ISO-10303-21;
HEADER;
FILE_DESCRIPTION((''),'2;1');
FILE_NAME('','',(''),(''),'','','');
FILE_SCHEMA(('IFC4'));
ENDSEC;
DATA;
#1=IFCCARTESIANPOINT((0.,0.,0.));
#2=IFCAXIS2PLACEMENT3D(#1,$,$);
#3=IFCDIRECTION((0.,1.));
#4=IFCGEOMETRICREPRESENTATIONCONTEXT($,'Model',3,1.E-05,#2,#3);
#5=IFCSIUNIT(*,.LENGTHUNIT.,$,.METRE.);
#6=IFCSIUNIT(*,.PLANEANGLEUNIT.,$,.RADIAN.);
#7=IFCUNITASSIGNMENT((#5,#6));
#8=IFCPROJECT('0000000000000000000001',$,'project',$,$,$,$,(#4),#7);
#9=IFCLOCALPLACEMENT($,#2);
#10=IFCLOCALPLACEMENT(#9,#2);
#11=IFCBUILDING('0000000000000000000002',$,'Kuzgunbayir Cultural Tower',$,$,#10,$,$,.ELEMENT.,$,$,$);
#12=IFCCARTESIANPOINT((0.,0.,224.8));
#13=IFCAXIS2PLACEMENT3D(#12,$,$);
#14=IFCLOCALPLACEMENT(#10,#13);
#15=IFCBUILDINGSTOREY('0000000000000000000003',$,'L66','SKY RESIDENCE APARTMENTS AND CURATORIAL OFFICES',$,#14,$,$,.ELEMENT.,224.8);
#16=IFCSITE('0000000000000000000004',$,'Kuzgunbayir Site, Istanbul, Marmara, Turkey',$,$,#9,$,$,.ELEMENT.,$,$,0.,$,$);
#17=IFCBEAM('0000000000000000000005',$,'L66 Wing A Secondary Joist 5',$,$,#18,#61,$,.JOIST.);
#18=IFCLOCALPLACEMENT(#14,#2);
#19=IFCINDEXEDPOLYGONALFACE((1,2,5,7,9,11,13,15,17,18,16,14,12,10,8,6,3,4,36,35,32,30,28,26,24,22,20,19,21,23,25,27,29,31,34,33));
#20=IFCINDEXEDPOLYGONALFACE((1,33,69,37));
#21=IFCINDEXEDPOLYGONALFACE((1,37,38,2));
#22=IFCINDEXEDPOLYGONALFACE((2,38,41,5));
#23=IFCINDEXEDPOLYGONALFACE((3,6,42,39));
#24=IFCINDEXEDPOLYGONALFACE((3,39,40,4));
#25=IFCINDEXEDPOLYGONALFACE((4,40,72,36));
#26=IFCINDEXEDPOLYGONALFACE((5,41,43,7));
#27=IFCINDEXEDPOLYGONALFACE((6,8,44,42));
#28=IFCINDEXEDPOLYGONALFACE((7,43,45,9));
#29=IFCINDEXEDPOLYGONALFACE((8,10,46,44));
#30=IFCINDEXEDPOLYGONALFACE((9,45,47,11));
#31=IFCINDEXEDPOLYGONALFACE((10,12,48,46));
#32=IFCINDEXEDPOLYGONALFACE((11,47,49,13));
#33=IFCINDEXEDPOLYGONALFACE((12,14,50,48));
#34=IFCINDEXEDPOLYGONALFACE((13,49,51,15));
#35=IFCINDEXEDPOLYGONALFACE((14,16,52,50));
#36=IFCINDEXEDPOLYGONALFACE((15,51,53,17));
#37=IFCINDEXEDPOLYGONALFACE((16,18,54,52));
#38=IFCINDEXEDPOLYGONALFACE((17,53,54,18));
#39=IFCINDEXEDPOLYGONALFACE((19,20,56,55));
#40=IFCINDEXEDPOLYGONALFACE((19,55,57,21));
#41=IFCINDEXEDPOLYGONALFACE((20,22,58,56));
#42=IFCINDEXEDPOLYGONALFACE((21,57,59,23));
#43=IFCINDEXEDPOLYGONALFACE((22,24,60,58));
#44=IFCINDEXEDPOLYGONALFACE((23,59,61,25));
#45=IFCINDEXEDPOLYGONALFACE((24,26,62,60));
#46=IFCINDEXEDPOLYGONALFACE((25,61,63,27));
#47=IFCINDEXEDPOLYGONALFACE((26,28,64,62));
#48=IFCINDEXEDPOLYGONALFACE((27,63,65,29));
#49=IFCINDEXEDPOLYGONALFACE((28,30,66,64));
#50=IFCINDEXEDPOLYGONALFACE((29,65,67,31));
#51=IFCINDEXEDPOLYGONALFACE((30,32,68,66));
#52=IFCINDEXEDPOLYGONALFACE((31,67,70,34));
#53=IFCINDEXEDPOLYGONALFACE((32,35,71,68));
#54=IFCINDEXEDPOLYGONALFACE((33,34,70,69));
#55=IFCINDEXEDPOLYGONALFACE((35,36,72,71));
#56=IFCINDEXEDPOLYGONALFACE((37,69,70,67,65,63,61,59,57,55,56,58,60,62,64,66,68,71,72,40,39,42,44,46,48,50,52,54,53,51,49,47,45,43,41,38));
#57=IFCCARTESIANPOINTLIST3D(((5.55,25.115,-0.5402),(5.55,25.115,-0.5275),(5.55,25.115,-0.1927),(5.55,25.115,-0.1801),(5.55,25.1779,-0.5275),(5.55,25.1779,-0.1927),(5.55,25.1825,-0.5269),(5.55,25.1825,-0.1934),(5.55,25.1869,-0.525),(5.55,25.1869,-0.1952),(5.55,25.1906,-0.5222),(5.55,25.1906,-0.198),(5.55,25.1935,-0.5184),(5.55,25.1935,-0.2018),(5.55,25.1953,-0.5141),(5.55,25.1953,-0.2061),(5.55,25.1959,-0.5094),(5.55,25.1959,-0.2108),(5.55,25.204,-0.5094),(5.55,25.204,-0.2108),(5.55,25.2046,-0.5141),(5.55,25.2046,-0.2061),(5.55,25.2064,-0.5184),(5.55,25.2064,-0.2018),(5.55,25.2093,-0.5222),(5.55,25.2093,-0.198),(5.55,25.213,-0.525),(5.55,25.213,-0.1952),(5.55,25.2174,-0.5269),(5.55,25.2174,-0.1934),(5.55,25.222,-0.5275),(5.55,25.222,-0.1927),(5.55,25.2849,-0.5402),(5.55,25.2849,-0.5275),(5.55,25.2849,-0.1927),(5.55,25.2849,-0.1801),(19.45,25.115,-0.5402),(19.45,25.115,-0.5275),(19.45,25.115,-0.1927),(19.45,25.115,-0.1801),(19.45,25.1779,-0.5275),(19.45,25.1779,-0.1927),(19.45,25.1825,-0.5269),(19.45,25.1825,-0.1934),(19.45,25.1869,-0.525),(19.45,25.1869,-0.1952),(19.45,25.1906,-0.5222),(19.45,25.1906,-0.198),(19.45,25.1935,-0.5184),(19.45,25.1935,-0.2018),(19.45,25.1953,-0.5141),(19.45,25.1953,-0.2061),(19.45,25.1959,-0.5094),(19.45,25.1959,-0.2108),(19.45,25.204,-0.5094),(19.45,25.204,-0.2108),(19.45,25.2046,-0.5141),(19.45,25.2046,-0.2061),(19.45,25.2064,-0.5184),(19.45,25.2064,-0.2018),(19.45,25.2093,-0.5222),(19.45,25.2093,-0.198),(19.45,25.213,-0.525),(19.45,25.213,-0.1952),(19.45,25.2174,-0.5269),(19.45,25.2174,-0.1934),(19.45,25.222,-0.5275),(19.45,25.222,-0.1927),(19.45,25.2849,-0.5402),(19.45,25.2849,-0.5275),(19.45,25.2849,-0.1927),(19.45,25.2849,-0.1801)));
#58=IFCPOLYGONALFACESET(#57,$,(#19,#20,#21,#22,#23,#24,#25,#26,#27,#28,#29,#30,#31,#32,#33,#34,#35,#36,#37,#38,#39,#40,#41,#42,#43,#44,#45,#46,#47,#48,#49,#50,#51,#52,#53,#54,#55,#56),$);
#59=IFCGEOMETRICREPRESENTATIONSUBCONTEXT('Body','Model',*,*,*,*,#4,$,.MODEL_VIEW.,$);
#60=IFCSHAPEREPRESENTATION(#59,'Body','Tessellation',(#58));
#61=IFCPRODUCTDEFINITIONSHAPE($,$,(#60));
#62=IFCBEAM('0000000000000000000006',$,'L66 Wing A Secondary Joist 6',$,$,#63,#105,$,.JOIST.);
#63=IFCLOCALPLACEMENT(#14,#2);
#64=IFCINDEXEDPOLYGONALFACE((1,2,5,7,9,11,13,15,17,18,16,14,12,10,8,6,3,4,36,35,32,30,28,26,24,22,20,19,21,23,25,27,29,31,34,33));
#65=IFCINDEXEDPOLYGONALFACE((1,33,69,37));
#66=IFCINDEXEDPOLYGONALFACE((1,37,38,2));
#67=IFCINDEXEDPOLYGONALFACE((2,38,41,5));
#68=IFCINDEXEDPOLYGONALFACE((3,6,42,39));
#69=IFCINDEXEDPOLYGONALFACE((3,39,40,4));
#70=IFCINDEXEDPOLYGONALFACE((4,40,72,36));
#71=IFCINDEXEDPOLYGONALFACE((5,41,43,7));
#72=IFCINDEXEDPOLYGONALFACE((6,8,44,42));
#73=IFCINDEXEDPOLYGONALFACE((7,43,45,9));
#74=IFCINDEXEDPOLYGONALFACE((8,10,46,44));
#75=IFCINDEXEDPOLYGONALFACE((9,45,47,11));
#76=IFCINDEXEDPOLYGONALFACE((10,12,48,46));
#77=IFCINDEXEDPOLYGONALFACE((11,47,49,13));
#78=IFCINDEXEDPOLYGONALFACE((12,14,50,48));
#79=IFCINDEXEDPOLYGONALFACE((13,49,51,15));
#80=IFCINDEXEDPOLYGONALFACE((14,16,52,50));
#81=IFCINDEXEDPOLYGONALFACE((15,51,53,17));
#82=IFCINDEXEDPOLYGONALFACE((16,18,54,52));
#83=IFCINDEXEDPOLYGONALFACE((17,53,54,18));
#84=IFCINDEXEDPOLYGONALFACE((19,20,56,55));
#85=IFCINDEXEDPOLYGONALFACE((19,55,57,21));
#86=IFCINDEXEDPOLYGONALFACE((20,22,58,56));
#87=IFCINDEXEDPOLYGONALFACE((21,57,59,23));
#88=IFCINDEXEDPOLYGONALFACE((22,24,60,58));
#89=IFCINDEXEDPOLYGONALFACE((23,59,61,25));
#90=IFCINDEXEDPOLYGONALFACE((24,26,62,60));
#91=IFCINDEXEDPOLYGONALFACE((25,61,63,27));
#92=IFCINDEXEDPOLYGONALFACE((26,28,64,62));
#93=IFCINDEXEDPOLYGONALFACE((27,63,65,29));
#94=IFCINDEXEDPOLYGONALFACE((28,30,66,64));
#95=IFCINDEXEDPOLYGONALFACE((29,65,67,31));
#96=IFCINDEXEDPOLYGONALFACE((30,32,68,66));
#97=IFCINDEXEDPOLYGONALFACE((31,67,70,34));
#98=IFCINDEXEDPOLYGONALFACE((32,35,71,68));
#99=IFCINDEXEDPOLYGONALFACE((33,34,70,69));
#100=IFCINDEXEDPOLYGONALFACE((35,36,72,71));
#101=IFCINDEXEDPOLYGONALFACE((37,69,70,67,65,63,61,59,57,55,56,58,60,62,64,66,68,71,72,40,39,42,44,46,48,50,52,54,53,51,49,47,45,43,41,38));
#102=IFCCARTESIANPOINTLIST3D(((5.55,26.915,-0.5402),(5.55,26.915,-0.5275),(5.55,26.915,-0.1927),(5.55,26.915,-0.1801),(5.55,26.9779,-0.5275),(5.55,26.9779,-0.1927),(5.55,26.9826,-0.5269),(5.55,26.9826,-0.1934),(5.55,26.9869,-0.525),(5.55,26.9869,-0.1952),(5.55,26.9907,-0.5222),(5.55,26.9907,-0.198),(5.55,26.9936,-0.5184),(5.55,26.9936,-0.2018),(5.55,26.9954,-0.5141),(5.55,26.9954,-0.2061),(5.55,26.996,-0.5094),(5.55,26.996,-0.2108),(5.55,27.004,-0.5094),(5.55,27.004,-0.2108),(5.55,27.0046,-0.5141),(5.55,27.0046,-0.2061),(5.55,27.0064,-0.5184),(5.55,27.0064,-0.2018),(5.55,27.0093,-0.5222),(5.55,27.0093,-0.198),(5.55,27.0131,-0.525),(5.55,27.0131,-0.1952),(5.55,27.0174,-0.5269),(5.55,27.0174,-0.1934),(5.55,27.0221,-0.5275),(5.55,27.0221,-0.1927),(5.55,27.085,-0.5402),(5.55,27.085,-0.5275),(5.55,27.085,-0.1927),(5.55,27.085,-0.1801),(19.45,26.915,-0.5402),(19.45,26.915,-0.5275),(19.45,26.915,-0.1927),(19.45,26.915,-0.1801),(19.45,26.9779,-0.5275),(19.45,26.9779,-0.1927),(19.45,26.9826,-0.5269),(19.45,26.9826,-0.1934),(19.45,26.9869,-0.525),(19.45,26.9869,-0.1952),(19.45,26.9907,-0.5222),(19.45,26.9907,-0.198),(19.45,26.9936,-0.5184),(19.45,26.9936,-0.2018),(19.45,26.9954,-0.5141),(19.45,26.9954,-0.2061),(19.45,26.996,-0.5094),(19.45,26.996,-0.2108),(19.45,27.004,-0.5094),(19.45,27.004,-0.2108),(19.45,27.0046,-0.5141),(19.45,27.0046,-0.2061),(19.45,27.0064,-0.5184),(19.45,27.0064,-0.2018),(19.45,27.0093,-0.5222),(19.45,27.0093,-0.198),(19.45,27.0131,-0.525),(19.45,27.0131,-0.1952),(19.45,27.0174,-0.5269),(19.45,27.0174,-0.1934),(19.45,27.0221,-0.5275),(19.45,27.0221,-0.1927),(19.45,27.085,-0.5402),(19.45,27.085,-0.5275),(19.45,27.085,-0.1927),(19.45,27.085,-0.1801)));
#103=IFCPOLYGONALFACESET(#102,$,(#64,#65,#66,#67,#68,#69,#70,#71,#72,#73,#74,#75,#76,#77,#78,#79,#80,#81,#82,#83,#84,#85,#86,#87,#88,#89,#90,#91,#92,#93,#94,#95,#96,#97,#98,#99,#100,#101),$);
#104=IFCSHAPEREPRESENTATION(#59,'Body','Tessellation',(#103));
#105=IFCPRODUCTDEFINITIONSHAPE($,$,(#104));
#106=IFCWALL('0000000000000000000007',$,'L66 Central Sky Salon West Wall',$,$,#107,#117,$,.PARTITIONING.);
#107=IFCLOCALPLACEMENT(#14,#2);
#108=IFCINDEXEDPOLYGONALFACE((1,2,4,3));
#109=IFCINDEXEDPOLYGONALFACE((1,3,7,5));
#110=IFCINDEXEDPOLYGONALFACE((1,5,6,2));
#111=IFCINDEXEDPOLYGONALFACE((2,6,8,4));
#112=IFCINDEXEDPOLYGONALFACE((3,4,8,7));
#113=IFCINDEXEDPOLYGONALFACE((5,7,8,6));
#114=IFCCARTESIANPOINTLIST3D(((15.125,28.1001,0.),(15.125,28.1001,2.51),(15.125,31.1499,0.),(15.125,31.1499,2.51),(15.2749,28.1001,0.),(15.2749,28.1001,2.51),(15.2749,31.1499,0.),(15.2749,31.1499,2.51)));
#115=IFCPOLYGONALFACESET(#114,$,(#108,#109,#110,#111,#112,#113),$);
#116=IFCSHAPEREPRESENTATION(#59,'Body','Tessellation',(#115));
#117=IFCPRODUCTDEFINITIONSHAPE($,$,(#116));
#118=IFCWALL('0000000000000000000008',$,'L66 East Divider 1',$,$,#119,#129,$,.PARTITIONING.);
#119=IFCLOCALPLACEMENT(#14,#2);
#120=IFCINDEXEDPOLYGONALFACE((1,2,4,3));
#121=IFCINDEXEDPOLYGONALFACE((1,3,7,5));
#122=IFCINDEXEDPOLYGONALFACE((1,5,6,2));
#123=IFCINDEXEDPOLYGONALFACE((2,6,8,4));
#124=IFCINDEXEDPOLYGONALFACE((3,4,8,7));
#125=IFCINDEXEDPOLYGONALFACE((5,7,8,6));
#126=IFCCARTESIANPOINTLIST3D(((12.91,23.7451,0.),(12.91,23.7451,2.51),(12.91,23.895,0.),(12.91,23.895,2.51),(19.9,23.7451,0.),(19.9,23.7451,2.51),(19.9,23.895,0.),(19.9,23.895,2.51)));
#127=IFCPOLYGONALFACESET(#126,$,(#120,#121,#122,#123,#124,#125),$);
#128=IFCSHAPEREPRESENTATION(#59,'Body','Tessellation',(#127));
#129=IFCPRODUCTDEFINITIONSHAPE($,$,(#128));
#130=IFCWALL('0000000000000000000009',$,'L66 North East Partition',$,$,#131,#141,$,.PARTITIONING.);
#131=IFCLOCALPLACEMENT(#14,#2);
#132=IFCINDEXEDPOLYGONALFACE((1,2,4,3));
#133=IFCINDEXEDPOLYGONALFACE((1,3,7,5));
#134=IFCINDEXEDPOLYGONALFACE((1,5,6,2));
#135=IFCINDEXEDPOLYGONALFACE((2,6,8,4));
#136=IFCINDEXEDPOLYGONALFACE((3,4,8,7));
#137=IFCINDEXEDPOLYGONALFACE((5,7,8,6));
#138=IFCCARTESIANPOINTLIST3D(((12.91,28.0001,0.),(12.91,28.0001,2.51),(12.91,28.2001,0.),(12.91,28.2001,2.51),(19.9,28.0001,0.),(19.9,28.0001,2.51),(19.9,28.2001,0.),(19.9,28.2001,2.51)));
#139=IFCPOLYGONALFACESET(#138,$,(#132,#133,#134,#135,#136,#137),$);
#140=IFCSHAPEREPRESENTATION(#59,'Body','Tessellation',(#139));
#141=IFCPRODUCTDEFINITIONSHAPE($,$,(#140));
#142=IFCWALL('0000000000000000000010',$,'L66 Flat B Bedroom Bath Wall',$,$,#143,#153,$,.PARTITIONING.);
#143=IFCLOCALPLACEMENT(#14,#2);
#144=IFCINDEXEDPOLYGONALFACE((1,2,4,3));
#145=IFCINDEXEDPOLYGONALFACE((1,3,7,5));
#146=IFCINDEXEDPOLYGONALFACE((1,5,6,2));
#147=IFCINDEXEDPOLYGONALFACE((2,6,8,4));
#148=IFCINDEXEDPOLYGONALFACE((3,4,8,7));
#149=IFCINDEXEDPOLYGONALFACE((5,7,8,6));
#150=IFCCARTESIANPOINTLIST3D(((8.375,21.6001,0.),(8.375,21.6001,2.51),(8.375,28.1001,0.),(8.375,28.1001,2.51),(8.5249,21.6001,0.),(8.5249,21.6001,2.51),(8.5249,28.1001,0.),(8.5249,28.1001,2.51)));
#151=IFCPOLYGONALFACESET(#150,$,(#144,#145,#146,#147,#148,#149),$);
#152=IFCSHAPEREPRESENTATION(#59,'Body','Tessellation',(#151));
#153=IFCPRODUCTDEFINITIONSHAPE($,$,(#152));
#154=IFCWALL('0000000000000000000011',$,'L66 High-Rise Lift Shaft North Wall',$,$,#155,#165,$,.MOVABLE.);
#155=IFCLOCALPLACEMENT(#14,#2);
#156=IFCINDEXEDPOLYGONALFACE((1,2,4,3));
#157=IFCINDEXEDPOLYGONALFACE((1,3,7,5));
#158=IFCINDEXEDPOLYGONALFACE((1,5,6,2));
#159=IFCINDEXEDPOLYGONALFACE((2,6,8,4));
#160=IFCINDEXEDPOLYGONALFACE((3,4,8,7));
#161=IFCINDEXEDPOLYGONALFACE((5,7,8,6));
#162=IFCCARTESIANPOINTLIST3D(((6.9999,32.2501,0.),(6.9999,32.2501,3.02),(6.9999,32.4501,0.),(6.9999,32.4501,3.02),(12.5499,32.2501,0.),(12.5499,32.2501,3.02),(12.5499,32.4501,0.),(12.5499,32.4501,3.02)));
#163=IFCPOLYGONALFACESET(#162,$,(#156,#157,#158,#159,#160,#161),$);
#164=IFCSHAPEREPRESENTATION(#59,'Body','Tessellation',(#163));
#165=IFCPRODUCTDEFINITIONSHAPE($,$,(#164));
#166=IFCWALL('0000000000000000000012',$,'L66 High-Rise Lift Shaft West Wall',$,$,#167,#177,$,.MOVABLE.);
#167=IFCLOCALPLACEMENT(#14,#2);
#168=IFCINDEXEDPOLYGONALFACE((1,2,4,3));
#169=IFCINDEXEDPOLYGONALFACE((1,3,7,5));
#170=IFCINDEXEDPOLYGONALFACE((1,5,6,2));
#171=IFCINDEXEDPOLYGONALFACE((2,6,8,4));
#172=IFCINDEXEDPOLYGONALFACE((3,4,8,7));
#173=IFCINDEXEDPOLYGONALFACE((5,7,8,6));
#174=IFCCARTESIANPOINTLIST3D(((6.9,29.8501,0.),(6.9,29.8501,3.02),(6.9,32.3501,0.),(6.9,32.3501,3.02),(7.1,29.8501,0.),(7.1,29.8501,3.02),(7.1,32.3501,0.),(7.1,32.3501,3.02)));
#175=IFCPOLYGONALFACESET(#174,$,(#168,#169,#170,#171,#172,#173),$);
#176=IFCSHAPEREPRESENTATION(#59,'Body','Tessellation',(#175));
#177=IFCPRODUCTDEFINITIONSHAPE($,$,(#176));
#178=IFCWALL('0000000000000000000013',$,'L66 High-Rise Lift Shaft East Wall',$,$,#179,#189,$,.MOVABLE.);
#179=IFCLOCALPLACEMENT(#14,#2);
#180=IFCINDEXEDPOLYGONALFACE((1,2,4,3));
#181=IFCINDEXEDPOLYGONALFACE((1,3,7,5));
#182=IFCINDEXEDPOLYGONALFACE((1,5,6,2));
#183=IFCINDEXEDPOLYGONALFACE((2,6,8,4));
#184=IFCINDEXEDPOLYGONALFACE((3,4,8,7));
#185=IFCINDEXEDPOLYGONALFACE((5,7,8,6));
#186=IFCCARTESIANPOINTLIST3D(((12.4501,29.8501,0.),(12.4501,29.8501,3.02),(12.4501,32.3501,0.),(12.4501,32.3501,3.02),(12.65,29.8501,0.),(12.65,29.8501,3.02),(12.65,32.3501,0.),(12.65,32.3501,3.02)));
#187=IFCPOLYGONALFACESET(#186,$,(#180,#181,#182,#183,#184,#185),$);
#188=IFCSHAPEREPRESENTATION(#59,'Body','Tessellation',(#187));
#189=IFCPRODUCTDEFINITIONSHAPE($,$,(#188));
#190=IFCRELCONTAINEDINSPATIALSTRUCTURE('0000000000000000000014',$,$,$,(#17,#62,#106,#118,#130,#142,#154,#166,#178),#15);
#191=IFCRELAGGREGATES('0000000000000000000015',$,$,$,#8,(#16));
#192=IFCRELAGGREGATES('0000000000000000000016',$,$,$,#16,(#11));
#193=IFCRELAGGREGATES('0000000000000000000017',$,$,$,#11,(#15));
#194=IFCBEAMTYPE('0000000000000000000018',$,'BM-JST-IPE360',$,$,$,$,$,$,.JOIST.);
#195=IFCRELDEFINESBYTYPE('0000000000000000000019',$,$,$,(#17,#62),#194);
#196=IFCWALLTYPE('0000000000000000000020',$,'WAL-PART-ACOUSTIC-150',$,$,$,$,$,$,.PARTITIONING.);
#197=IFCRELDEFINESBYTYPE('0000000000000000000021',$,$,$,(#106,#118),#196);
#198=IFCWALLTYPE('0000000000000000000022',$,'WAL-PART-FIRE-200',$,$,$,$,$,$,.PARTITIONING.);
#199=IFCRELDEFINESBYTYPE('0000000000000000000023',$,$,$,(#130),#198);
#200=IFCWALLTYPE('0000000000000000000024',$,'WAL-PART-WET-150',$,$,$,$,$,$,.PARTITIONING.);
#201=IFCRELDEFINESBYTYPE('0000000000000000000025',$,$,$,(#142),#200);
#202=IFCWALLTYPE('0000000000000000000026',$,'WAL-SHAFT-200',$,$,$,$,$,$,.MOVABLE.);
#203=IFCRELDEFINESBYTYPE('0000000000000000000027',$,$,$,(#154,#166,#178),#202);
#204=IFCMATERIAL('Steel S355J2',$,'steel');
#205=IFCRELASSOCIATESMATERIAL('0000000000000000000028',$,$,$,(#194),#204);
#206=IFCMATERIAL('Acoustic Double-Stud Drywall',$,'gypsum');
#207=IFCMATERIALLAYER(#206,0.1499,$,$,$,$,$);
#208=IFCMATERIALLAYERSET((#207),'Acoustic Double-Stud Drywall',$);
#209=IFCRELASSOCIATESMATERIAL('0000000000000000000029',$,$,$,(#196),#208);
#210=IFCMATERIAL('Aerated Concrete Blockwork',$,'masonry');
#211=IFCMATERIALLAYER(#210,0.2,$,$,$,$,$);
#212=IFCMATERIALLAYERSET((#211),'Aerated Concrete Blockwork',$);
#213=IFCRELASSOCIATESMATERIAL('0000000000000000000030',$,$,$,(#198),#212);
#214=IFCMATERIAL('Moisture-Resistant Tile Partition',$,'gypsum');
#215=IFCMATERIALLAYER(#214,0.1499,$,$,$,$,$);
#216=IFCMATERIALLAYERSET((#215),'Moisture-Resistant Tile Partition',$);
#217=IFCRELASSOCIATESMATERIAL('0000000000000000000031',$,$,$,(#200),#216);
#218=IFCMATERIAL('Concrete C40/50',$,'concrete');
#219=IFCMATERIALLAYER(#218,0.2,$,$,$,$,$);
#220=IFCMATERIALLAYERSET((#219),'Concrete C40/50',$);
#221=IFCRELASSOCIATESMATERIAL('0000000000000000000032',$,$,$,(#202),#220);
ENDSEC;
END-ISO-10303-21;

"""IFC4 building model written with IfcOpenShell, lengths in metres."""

from ifc_helpers import new_model, si_unit, direction, frame, frame_2d, origin, origin_2d, place, context, subcontext, project, spatial, rectangle, i_section, extrude, material, layer, layer_set, material_profile, profile_set, type_object, element, save


model = new_model("IFC4")

# Units and contexts
model_context = context("Model", 3, precision=1e-05, world=origin(), true_north=direction((0.0, 1.0)))
body_context = subcontext(model_context, "Body", "Model", "MODEL_VIEW")
ifc_project = project(units=[si_unit("LENGTHUNIT", "METRE"), si_unit("PLANEANGLEUNIT", "RADIAN")], contexts=[model_context])

# Site, building, storey
site_placement = place(None, origin())
site = spatial("IfcSite", under=ifc_project, at=site_placement, Name="Kuzgunbayir Site, Istanbul, Marmara, Turkey", CompositionType="ELEMENT", RefElevation=0.0)
building_placement = place(site_placement, origin())
building = spatial("IfcBuilding", under=site, at=building_placement, Name="Kuzgunbayir Cultural Tower", CompositionType="ELEMENT")
storey_placement = place(building_placement, frame((0.0, 0.0, 224.8)))
storey = spatial("IfcBuildingStorey", under=building, at=storey_placement, Name="L66", Description="SKY RESIDENCE APARTMENTS AND CURATORIAL OFFICES", CompositionType="ELEMENT", Elevation=224.8)

# Beams
ifc_material_1 = material(Name="Steel S355J2", Category="steel")
ifc_material_profile_1 = material_profile(ifc_material_1, i_section(OverallWidth=0.1699, OverallDepth=0.3601, WebThickness=0.0081, FlangeThickness=0.0127, FilletRadius=0.0181, at=origin_2d()), Name="IPE 360")
ifc_profile_set_1 = profile_set([ifc_material_profile_1], Name="Steel S355J2")
beam_type_1 = type_object("IfcBeamType", Name="BM-JST-IPE360", PredefinedType="JOIST", material=ifc_profile_set_1)
for number, where, z_axis, x_axis, name in (
    (1, (5.55, 25.2, -0.3601), (1.0, 0.0, 0.0), (0.0, 1.0, 0.0), "L66 Wing A Secondary Joist 5"),
    (2, (5.55, 27.0, -0.3601), (1.0, 0.0, 0.0), (0.0, 1.0, 0.0), "L66 Wing A Secondary Joist 6"),
):
    element("IfcBeam", number, at=place(storey_placement, frame(where, z_axis=z_axis, x_axis=x_axis)), inside=storey, type_object=beam_type_1, Name=name, PredefinedType="JOIST", context=body_context, shape_type="SweptSolid", body=[
        extrude(i_section(OverallWidth=0.1699, OverallDepth=0.3601, WebThickness=0.0081, FlangeThickness=0.0127, FilletRadius=0.0181, at=origin_2d()), origin(), (0.0, 0.0, 1.0), 13.8999),
    ])

# Shared definitions
ifc_material_2 = material(Name="Acoustic Double-Stud Drywall", Category="gypsum")
ifc_layer_1 = layer(ifc_material_2, 0.1499)
ifc_layer_set_1 = layer_set([ifc_layer_1], Name="Acoustic Double-Stud Drywall")
wall_type_1 = type_object("IfcWallType", Name="WAL-PART-ACOUSTIC-150", PredefinedType="PARTITIONING", material=ifc_layer_set_1)

# Walls
wall_1_placement = place(storey_placement, frame((15.2, 28.1001, 0.0), z_axis=(0.0, 0.0, 1.0), x_axis=(0.0, 1.0, 0.0)))
element("IfcWall", 3, at=wall_1_placement, inside=storey, type_object=wall_type_1, Name="L66 Central Sky Salon West Wall", PredefinedType="PARTITIONING", context=body_context, shape_type="SweptSolid", body=[
    extrude(rectangle(XDim=3.0498, YDim=0.1499, at=frame_2d((1.5249, 0.0))), origin(), (0.0, 0.0, 1.0), 2.51),
])
wall_2_placement = place(storey_placement, frame((12.9099, 23.8201, 0.0), z_axis=(0.0, 0.0, 1.0), x_axis=(1.0, 0.0, 0.0)))
element("IfcWall", 4, at=wall_2_placement, inside=storey, type_object=wall_type_1, Name="L66 East Divider 1", PredefinedType="PARTITIONING", context=body_context, shape_type="SweptSolid", body=[
    extrude(rectangle(XDim=6.99, YDim=0.1499, at=frame_2d((3.4951, 0.0))), origin(), (0.0, 0.0, 1.0), 2.51),
])
ifc_material_3 = material(Name="Aerated Concrete Blockwork", Category="masonry")
ifc_layer_2 = layer(ifc_material_3, 0.2)
ifc_layer_set_2 = layer_set([ifc_layer_2], Name="Aerated Concrete Blockwork")
wall_type_2 = type_object("IfcWallType", Name="WAL-PART-FIRE-200", PredefinedType="PARTITIONING", material=ifc_layer_set_2)
wall_3_placement = place(storey_placement, frame((12.9099, 28.1001, 0.0), z_axis=(0.0, 0.0, 1.0), x_axis=(1.0, 0.0, 0.0)))
element("IfcWall", 5, at=wall_3_placement, inside=storey, type_object=wall_type_2, Name="L66 North East Partition", PredefinedType="PARTITIONING", context=body_context, shape_type="SweptSolid", body=[
    extrude(rectangle(XDim=6.99, YDim=0.2, at=frame_2d((3.4951, 0.0))), origin(), (0.0, 0.0, 1.0), 2.51),
])
ifc_material_4 = material(Name="Moisture-Resistant Tile Partition", Category="gypsum")
ifc_layer_3 = layer(ifc_material_4, 0.1499)
ifc_layer_set_3 = layer_set([ifc_layer_3], Name="Moisture-Resistant Tile Partition")
wall_type_3 = type_object("IfcWallType", Name="WAL-PART-WET-150", PredefinedType="PARTITIONING", material=ifc_layer_set_3)
wall_4_placement = place(storey_placement, frame((8.45, 21.6001, 0.0), z_axis=(0.0, 0.0, 1.0), x_axis=(0.0, 1.0, 0.0)))
element("IfcWall", 6, at=wall_4_placement, inside=storey, type_object=wall_type_3, Name="L66 Flat B Bedroom Bath Wall", PredefinedType="PARTITIONING", context=body_context, shape_type="SweptSolid", body=[
    extrude(rectangle(XDim=6.5, YDim=0.1499, at=frame_2d((3.25, 0.0))), origin(), (0.0, 0.0, 1.0), 2.51),
])

# Shared definitions
ifc_material_5 = material(Name="Concrete C40/50", Category="concrete")
ifc_layer_4 = layer(ifc_material_5, 0.2)
ifc_layer_set_4 = layer_set([ifc_layer_4], Name="Concrete C40/50")
wall_type_4 = type_object("IfcWallType", Name="WAL-SHAFT-200", PredefinedType="MOVABLE", material=ifc_layer_set_4)

# Walls
wall_5_placement = place(storey_placement, frame((7.0, 32.3501, 0.0), z_axis=(0.0, 0.0, 1.0), x_axis=(1.0, 0.0, 0.0)))
element("IfcWall", 7, at=wall_5_placement, inside=storey, type_object=wall_type_4, Name="L66 High-Rise Lift Shaft North Wall", PredefinedType="MOVABLE", context=body_context, shape_type="SweptSolid", body=[
    extrude(rectangle(XDim=5.55, YDim=0.2, at=frame_2d((2.7749, 0.0))), origin(), (0.0, 0.0, 1.0), 3.02),
])
for number, where, z_axis, x_axis, name in (
    (8, (7.0, 29.8501, 0.0), (0.0, 0.0, 1.0), (0.0, 1.0, 0.0), "L66 High-Rise Lift Shaft West Wall"),
    (9, (12.55, 29.8501, 0.0), (0.0, 0.0, 1.0), (0.0, 1.0, 0.0), "L66 High-Rise Lift Shaft East Wall"),
):
    element("IfcWall", number, at=place(storey_placement, frame(where, z_axis=z_axis, x_axis=x_axis)), inside=storey, type_object=wall_type_4, Name=name, PredefinedType="MOVABLE", context=body_context, shape_type="SweptSolid", body=[
        extrude(rectangle(XDim=2.5, YDim=0.2, at=frame_2d((1.25, 0.0))), origin(), (0.0, 0.0, 1.0), 3.02),
    ])

save(model, "model.ifc")
